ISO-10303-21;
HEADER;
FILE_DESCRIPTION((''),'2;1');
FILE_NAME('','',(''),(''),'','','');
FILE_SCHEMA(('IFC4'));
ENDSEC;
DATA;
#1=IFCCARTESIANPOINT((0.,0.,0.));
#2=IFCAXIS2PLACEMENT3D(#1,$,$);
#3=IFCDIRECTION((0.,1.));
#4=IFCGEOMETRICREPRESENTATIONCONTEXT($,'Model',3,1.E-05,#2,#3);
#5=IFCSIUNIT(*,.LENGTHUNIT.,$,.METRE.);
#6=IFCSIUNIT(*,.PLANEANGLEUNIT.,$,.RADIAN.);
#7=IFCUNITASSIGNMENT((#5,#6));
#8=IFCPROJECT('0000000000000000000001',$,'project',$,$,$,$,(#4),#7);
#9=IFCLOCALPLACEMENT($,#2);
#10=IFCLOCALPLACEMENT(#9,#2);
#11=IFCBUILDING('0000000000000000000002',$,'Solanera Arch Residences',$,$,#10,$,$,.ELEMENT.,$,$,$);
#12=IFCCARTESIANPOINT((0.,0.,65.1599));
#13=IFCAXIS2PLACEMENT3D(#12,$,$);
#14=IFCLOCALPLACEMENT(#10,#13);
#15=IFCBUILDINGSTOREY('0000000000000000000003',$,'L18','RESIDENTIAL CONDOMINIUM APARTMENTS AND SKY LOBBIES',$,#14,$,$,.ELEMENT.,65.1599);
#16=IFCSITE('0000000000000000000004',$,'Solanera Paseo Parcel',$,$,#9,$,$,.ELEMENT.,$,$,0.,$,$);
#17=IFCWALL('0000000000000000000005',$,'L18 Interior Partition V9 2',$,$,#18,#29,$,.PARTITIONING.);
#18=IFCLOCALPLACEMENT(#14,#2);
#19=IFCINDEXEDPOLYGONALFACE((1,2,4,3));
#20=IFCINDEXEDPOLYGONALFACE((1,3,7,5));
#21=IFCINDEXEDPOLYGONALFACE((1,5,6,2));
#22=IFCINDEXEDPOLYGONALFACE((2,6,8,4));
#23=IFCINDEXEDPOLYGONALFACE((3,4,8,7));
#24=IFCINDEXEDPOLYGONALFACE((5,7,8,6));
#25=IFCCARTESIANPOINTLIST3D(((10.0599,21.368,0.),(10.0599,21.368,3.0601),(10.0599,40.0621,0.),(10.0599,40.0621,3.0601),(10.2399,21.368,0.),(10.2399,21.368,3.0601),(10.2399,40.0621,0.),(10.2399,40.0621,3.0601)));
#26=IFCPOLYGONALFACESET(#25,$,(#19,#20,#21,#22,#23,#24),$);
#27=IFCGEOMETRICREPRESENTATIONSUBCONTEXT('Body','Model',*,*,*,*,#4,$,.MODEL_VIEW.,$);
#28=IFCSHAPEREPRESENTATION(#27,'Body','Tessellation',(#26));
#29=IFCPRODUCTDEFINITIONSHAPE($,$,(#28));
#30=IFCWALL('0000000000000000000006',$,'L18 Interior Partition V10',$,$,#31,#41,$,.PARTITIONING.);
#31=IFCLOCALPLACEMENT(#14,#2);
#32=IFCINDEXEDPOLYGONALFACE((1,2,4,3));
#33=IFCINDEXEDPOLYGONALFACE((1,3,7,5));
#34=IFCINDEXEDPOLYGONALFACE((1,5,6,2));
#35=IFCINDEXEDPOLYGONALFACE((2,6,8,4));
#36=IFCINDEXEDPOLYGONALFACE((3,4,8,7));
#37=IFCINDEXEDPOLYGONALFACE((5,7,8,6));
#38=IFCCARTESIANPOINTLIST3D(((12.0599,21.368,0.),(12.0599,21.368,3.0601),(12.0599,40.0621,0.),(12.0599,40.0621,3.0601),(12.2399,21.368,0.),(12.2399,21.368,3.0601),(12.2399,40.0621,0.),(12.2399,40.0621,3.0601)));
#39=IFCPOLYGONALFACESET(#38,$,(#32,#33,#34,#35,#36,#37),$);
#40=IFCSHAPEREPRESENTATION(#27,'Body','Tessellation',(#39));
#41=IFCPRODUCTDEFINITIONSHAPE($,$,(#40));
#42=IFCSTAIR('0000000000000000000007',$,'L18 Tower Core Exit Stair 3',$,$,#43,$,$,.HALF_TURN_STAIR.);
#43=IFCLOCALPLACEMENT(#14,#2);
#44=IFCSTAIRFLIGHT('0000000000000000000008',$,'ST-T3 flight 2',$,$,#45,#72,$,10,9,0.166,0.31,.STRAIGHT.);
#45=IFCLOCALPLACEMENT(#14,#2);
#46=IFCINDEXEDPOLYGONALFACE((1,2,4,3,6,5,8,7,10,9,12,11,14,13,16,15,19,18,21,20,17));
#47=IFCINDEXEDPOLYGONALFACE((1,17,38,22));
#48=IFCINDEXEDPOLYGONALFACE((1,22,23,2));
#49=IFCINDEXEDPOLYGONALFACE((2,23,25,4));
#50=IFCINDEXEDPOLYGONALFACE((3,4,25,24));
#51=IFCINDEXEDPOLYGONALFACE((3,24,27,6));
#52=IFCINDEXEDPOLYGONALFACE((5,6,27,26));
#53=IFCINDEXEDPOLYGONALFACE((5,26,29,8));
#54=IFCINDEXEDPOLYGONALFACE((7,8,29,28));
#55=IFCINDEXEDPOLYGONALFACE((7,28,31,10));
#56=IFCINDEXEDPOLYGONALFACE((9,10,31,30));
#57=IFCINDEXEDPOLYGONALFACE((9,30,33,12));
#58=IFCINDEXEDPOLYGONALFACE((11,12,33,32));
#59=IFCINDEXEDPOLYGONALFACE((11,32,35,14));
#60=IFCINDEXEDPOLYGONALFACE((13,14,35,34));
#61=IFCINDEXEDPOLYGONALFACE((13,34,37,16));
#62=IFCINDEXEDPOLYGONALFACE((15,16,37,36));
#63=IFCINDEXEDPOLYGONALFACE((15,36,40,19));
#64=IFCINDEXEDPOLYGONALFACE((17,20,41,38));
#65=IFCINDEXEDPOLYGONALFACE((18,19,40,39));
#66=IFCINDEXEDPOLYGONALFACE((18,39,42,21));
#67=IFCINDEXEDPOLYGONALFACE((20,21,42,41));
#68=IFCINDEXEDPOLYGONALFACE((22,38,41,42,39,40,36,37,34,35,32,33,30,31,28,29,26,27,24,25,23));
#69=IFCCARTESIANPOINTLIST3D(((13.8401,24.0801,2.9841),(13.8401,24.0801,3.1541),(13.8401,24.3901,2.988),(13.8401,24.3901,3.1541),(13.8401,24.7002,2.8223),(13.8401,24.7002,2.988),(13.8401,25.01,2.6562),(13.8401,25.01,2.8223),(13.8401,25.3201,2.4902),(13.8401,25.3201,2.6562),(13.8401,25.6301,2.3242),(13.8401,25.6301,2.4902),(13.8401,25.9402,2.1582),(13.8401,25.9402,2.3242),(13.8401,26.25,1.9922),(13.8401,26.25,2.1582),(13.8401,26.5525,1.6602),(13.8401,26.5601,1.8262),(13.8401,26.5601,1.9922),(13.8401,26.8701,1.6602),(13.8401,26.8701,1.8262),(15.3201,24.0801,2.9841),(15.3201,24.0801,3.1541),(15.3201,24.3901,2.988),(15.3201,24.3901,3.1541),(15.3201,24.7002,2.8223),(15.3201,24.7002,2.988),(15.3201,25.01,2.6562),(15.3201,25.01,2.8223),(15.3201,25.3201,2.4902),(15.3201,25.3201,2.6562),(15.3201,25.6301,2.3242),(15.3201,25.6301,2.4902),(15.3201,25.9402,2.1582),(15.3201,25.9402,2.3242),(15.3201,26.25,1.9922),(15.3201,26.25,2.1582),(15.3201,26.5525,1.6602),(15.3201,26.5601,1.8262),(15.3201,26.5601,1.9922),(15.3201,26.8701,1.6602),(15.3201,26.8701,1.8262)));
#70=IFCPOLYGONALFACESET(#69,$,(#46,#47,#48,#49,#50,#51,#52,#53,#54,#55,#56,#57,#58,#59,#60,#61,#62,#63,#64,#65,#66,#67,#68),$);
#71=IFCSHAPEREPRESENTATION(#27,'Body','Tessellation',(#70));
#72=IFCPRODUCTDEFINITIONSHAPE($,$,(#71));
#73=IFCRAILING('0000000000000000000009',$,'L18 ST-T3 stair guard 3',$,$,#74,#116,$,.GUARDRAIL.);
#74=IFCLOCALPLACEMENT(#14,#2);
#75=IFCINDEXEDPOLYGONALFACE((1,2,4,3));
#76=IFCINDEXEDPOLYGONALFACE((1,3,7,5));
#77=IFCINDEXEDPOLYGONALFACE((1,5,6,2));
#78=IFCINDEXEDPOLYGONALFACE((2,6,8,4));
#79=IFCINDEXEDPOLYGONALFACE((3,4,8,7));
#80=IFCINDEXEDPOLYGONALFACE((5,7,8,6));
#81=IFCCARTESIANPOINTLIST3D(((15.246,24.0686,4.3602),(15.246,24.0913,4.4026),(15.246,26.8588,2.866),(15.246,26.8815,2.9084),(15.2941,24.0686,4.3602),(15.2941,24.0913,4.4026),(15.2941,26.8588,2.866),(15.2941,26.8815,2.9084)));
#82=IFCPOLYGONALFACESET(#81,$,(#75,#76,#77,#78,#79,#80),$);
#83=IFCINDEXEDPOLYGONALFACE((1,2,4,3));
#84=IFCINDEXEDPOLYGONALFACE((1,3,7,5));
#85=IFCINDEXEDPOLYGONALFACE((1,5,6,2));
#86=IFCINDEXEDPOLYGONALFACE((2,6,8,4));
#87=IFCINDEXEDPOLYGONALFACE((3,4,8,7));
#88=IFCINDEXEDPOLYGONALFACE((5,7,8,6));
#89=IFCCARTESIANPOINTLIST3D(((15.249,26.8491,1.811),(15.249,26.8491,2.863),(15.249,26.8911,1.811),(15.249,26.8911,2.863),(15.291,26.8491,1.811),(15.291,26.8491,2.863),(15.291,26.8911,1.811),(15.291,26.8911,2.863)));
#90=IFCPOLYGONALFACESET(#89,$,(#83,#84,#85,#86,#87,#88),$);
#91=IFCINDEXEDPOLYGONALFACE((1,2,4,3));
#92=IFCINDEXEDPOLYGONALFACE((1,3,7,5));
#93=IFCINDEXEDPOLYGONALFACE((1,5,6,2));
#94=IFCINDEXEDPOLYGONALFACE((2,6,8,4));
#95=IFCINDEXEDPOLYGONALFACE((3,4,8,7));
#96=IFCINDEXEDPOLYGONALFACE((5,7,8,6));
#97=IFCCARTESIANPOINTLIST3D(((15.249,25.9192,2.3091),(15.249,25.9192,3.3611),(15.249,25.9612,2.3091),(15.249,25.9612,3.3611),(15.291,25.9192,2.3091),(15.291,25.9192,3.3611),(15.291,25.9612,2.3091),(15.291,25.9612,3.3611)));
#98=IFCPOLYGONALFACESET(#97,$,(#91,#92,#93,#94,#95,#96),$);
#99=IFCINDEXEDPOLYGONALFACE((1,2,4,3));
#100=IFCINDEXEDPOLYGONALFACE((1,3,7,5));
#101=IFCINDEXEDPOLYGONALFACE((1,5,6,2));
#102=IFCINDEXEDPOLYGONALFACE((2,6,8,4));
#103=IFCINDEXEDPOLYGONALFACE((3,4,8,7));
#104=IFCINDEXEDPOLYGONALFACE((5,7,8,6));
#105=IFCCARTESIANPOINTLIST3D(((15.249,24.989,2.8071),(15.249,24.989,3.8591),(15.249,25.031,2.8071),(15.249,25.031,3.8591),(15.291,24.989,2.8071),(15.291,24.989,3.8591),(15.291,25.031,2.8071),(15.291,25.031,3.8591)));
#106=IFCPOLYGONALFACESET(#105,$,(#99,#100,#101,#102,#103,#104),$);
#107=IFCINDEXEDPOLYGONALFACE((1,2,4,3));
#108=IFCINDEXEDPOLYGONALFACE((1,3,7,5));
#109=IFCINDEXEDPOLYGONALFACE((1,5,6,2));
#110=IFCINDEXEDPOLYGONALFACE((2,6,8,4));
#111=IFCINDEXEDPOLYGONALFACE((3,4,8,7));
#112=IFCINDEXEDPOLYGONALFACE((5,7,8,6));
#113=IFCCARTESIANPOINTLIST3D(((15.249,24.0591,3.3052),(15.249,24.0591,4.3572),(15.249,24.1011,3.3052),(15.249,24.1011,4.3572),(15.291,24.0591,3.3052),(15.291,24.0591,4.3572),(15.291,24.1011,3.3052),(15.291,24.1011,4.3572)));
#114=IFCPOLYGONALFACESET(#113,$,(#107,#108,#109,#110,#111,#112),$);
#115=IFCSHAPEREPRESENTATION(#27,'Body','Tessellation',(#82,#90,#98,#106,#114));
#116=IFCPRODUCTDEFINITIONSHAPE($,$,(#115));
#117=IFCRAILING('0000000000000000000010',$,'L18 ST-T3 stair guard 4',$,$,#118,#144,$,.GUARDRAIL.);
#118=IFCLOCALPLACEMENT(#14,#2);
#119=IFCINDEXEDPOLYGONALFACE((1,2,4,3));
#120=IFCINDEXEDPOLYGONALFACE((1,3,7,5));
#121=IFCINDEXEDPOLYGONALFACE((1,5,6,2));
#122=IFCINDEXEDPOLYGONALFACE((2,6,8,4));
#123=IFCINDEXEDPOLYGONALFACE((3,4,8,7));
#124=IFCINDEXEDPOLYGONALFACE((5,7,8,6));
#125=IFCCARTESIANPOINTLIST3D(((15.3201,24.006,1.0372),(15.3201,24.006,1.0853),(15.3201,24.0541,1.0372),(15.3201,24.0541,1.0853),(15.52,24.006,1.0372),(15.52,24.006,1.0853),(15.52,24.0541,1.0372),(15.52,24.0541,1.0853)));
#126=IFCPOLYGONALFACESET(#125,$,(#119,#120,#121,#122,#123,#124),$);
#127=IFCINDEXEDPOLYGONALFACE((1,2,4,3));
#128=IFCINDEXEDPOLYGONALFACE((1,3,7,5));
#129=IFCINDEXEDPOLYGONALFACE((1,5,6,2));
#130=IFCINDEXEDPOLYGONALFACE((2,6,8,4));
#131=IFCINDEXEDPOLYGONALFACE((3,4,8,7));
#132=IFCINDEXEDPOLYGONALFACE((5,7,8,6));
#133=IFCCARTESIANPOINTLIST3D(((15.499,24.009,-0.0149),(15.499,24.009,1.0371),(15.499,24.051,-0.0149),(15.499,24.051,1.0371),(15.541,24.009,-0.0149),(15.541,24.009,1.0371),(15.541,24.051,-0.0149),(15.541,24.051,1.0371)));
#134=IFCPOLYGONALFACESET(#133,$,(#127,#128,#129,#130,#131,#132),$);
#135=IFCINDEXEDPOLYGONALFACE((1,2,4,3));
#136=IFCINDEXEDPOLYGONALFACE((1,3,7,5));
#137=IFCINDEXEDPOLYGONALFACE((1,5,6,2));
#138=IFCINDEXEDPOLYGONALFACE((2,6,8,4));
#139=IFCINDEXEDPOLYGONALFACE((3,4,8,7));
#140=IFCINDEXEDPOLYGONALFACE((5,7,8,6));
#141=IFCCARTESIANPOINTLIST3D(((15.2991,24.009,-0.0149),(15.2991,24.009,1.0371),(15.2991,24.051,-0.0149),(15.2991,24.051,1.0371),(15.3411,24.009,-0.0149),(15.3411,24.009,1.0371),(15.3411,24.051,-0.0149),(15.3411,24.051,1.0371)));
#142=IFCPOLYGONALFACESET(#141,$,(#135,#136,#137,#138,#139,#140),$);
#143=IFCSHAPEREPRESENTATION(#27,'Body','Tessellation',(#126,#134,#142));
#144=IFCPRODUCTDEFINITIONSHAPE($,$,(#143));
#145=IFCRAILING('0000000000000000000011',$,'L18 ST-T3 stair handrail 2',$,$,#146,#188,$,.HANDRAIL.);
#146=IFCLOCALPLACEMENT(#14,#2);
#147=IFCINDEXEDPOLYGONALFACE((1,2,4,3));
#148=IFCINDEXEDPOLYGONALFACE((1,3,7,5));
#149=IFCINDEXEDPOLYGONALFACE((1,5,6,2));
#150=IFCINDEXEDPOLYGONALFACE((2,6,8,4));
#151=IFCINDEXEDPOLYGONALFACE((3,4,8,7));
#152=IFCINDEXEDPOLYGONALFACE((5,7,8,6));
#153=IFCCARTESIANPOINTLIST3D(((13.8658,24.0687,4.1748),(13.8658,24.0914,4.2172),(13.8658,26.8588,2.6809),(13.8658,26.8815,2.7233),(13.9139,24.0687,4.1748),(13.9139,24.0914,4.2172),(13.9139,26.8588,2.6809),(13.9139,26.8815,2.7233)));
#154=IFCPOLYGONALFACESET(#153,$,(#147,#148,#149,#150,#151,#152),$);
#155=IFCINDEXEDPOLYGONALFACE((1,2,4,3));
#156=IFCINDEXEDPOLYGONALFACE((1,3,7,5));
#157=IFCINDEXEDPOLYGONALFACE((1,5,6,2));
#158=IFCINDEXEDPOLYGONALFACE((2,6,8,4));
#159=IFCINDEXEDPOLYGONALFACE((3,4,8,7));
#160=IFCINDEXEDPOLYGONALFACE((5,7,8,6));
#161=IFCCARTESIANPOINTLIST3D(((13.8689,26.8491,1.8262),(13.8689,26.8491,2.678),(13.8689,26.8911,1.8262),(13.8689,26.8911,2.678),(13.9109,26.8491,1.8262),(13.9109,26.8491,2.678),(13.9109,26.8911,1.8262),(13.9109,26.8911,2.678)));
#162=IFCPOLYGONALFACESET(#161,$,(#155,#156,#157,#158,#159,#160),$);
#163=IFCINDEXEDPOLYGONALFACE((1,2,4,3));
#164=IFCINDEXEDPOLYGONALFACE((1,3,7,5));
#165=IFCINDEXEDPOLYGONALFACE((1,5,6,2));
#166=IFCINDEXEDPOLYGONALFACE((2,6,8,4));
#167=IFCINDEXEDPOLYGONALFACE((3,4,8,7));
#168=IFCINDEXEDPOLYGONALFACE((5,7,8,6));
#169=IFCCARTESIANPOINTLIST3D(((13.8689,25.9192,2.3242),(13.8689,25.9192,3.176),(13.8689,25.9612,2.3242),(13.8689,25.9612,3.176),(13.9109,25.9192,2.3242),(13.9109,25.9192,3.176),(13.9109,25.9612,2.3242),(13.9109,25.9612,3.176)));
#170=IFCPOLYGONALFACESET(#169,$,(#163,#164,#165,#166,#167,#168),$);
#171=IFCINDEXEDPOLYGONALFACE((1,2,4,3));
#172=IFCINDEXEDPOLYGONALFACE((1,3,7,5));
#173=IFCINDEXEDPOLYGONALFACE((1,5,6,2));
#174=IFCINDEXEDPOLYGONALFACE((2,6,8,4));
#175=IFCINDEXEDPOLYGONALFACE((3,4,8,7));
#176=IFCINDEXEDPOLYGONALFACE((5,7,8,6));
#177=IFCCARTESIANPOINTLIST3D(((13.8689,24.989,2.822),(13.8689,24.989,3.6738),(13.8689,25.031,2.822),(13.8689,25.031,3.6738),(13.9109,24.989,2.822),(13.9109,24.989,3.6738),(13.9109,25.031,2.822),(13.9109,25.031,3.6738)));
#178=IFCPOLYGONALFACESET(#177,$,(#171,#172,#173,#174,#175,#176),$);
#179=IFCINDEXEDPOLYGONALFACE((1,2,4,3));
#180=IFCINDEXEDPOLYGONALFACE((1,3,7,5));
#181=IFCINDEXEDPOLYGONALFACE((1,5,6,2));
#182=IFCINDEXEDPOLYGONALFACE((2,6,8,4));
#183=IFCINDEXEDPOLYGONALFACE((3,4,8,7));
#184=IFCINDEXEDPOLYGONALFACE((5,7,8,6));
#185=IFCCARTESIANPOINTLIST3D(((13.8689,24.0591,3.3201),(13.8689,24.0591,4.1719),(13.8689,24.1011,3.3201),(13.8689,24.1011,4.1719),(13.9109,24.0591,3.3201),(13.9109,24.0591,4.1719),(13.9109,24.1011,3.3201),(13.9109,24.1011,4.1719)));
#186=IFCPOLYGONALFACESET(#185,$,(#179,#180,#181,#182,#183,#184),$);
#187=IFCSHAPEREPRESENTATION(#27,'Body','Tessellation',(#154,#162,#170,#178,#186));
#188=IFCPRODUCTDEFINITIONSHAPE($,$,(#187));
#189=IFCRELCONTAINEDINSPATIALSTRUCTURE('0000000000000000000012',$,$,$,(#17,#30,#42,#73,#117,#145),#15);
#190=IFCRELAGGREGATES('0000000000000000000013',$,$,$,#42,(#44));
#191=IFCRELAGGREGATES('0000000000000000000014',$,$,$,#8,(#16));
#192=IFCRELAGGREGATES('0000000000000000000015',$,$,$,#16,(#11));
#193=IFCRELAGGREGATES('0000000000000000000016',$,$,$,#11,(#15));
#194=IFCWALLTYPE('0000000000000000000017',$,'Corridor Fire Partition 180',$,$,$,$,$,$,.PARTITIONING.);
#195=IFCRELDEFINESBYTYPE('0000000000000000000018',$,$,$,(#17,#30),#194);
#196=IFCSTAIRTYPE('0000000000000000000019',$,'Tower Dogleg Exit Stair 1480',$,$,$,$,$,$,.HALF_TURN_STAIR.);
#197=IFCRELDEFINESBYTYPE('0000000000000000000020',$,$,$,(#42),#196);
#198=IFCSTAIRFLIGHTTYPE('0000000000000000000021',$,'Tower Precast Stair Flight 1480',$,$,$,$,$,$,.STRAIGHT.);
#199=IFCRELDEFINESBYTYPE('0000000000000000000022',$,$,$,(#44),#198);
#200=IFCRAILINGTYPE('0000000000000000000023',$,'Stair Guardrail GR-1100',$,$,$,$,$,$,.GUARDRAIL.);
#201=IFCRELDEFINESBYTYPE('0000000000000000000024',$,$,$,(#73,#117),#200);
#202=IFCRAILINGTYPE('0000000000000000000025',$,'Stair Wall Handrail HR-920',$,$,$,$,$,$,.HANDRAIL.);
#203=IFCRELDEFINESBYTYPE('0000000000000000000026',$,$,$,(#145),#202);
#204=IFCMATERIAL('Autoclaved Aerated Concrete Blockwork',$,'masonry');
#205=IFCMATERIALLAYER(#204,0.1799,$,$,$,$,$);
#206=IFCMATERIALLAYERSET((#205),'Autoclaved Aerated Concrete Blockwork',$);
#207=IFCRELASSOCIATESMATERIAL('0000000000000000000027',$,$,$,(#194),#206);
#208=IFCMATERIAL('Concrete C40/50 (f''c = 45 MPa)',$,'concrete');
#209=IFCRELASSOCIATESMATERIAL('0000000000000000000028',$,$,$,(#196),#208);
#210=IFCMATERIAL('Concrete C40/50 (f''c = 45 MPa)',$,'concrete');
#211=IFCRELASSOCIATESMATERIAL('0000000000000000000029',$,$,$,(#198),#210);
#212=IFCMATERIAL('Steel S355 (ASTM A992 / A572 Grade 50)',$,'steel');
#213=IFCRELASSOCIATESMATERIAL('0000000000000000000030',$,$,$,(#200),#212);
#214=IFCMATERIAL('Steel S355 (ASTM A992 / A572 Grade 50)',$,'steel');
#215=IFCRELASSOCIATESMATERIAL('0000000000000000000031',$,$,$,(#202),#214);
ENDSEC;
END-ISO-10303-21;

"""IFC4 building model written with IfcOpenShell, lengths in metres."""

from ifc_helpers import new_model, si_unit, direction, frame, frame_2d, origin, origin_2d, place, context, subcontext, project, spatial, polyline, rectangle, outline, extrude, material, layer, layer_set, type_object, element, aggregate, save


model = new_model("IFC4")

# Units and contexts
model_context = context("Model", 3, precision=1e-05, world=origin(), true_north=direction((0.0, 1.0)))
body_context = subcontext(model_context, "Body", "Model", "MODEL_VIEW")
ifc_project = project(units=[si_unit("LENGTHUNIT", "METRE"), si_unit("PLANEANGLEUNIT", "RADIAN")], contexts=[model_context])

# Site, building, storey
site_placement = place(None, origin())
site = spatial("IfcSite", under=ifc_project, at=site_placement, Name="Solanera Paseo Parcel", CompositionType="ELEMENT", RefElevation=0.0)
building_placement = place(site_placement, origin())
building = spatial("IfcBuilding", under=site, at=building_placement, Name="Solanera Arch Residences", CompositionType="ELEMENT")
storey_placement = place(building_placement, frame((0.0, 0.0, 65.1599)))
storey = spatial("IfcBuildingStorey", under=building, at=storey_placement, Name="L18", Description="RESIDENTIAL CONDOMINIUM APARTMENTS AND SKY LOBBIES", CompositionType="ELEMENT", Elevation=65.1599)

# Walls
ifc_material_1 = material(Name="Autoclaved Aerated Concrete Blockwork", Category="masonry")
ifc_layer_1 = layer(ifc_material_1, 0.1799)
ifc_layer_set_1 = layer_set([ifc_layer_1], Name="Autoclaved Aerated Concrete Blockwork")
wall_type_1 = type_object("IfcWallType", Name="Corridor Fire Partition 180", PredefinedType="PARTITIONING", material=ifc_layer_set_1)
for number, where, z_axis, x_axis, name in (
    (1, (10.1499, 21.3679, 0.0), (0.0, 0.0, 1.0), (0.0, 1.0, 0.0), "L18 Interior Partition V9 2"),
    (2, (12.1499, 21.3679, 0.0), (0.0, 0.0, 1.0), (0.0, 1.0, 0.0), "L18 Interior Partition V10"),
):
    element("IfcWall", number, at=place(storey_placement, frame(where, z_axis=z_axis, x_axis=x_axis)), inside=storey, type_object=wall_type_1, Name=name, PredefinedType="PARTITIONING", context=body_context, shape_type="SweptSolid", body=[
        extrude(rectangle(XDim=18.6941, YDim=0.1799, at=frame_2d((9.3472, 0.0))), origin(), (0.0, 0.0, 1.0), 3.0601),
    ])

# Stair, stair flight
ifc_material_2 = material(Name="Concrete C40/50 (f'c = 45 MPa)", Category="concrete")
stair_type = type_object("IfcStairType", Name="Tower Dogleg Exit Stair 1480", PredefinedType="HALF_TURN_STAIR", material=ifc_material_2)
stair_placement = place(storey_placement, origin())
stair = element("IfcStair", 3, at=stair_placement, inside=storey, type_object=stair_type, Name="L18 Tower Core Exit Stair 3", PredefinedType="HALF_TURN_STAIR")
ifc_material_3 = material(Name="Concrete C40/50 (f'c = 45 MPa)", Category="concrete")
stair_flight_type = type_object("IfcStairFlightType", Name="Tower Precast Stair Flight 1480", PredefinedType="STRAIGHT", material=ifc_material_3)
stair_flight_placement = place(storey_placement, frame((14.5801, 26.8701, 1.6602), z_axis=(0.0, 0.0, 1.0), x_axis=(0.0, -1.0, 0.0)))
stair_flight = element("IfcStairFlight", 4, at=stair_flight_placement, type_object=stair_flight_type, Name="ST-T3 flight 2", NumberOfRisers=10, NumberOfTreads=9, PredefinedType="STRAIGHT", RiserHeight=0.166, TreadLength=0.31, context=body_context, shape_type="SweptSolid", body=[
    extrude(outline(polyline([(0.0, 0.0), (0.0, 0.166), (0.3101, 0.166), (0.3101, 0.332), (0.6201, 0.332), (0.6201, 0.498), (0.9299, 0.498), (0.9299, 0.6641), (1.24, 0.6641), (1.24, 0.8301), (1.55, 0.8301), (1.55, 0.9961), (1.8601, 0.9961), (1.8601, 1.1621), (2.1699, 1.1621), (2.1699, 1.3279), (2.48, 1.3279), (2.48, 1.4939), (2.79, 1.4939), (2.79, 1.6599), (2.79, 1.324), (0.3176, 0.0), (0.0, 0.0)])), frame((0.0, 0.74, 0.0), z_axis=(0.0, -1.0, 0.0), x_axis=(1.0, 0.0, 0.0)), (0.0, 0.0, 1.0), 1.48),
])
aggregate(stair, [stair_flight])

# Railings
ifc_material_4 = material(Name="Steel S355 (ASTM A992 / A572 Grade 50)", Category="steel")
railing_type_1 = type_object("IfcRailingType", Name="Stair Guardrail GR-1100", PredefinedType="GUARDRAIL", material=ifc_material_4)
railing_1_placement = place(storey_placement, frame((15.27, 26.8701, 1.811)))
element("IfcRailing", 5, at=railing_1_placement, inside=storey, type_object=railing_type_1, Name="L18 ST-T3 stair guard 3", PredefinedType="GUARDRAIL", context=body_context, shape_type="SweptSolid", body=[
    extrude(rectangle(XDim=0.0481, YDim=0.0481, at=origin_2d()), frame((0.0, 0.0, 1.0762), z_axis=(0.0, -0.881549, 0.472093), x_axis=(1.0, 0.0, 0.0)), (0.0, 0.0, 1.0), 3.165),
    extrude(rectangle(XDim=0.042, YDim=0.042, at=origin_2d()), origin(), (0.0, 0.0, 1.0), 1.052),
    extrude(rectangle(XDim=0.042, YDim=0.042, at=origin_2d()), frame((0.0, -0.9299, 0.498)), (0.0, 0.0, 1.0), 1.052),
    extrude(rectangle(XDim=0.042, YDim=0.042, at=origin_2d()), frame((0.0, -1.8601, 0.9961)), (0.0, 0.0, 1.0), 1.052),
    extrude(rectangle(XDim=0.042, YDim=0.042, at=origin_2d()), frame((0.0, -2.79, 1.4941)), (0.0, 0.0, 1.0), 1.052),
])
railing_2_placement = place(storey_placement, frame((15.52, 24.03, -0.0149)))
element("IfcRailing", 6, at=railing_2_placement, inside=storey, type_object=railing_type_1, Name="L18 ST-T3 stair guard 4", PredefinedType="GUARDRAIL", context=body_context, shape_type="SweptSolid", body=[
    extrude(rectangle(XDim=0.0481, YDim=0.0481, at=origin_2d()), frame((0.0, 0.0, 1.0762), z_axis=(-1.0, 0.0, 0.0), x_axis=(0.0, -1.0, 0.0)), (0.0, 0.0, 1.0), 0.2),
    extrude(rectangle(XDim=0.042, YDim=0.042, at=origin_2d()), origin(), (0.0, 0.0, 1.0), 1.052),
    extrude(rectangle(XDim=0.042, YDim=0.042, at=origin_2d()), frame((-0.2, 0.0, 0.0)), (0.0, 0.0, 1.0), 1.052),
])
ifc_material_5 = material(Name="Steel S355 (ASTM A992 / A572 Grade 50)", Category="steel")
railing_type_2 = type_object("IfcRailingType", Name="Stair Wall Handrail HR-920", PredefinedType="HANDRAIL", material=ifc_material_5)
railing_3_placement = place(storey_placement, frame((13.8899, 26.8701, 1.8262)))
element("IfcRailing", 7, at=railing_3_placement, inside=storey, type_object=railing_type_2, Name="L18 ST-T3 stair handrail 2", PredefinedType="HANDRAIL", context=body_context, shape_type="SweptSolid", body=[
    extrude(rectangle(XDim=0.0481, YDim=0.0481, at=origin_2d()), frame((0.0, 0.0, 0.876), z_axis=(0.0, -0.881581, 0.472033), x_axis=(1.0, 0.0, 0.0)), (0.0, 0.0, 1.0), 3.1648),
    extrude(rectangle(XDim=0.042, YDim=0.042, at=origin_2d()), origin(), (0.0, 0.0, 1.0), 0.8518),
    extrude(rectangle(XDim=0.042, YDim=0.042, at=origin_2d()), frame((0.0, -0.9299, 0.498)), (0.0, 0.0, 1.0), 0.8518),
    extrude(rectangle(XDim=0.042, YDim=0.042, at=origin_2d()), frame((0.0, -1.8601, 0.9958)), (0.0, 0.0, 1.0), 0.8518),
    extrude(rectangle(XDim=0.042, YDim=0.042, at=origin_2d()), frame((0.0, -2.79, 1.4939)), (0.0, 0.0, 1.0), 0.8518),
])

save(model, "model.ifc")
